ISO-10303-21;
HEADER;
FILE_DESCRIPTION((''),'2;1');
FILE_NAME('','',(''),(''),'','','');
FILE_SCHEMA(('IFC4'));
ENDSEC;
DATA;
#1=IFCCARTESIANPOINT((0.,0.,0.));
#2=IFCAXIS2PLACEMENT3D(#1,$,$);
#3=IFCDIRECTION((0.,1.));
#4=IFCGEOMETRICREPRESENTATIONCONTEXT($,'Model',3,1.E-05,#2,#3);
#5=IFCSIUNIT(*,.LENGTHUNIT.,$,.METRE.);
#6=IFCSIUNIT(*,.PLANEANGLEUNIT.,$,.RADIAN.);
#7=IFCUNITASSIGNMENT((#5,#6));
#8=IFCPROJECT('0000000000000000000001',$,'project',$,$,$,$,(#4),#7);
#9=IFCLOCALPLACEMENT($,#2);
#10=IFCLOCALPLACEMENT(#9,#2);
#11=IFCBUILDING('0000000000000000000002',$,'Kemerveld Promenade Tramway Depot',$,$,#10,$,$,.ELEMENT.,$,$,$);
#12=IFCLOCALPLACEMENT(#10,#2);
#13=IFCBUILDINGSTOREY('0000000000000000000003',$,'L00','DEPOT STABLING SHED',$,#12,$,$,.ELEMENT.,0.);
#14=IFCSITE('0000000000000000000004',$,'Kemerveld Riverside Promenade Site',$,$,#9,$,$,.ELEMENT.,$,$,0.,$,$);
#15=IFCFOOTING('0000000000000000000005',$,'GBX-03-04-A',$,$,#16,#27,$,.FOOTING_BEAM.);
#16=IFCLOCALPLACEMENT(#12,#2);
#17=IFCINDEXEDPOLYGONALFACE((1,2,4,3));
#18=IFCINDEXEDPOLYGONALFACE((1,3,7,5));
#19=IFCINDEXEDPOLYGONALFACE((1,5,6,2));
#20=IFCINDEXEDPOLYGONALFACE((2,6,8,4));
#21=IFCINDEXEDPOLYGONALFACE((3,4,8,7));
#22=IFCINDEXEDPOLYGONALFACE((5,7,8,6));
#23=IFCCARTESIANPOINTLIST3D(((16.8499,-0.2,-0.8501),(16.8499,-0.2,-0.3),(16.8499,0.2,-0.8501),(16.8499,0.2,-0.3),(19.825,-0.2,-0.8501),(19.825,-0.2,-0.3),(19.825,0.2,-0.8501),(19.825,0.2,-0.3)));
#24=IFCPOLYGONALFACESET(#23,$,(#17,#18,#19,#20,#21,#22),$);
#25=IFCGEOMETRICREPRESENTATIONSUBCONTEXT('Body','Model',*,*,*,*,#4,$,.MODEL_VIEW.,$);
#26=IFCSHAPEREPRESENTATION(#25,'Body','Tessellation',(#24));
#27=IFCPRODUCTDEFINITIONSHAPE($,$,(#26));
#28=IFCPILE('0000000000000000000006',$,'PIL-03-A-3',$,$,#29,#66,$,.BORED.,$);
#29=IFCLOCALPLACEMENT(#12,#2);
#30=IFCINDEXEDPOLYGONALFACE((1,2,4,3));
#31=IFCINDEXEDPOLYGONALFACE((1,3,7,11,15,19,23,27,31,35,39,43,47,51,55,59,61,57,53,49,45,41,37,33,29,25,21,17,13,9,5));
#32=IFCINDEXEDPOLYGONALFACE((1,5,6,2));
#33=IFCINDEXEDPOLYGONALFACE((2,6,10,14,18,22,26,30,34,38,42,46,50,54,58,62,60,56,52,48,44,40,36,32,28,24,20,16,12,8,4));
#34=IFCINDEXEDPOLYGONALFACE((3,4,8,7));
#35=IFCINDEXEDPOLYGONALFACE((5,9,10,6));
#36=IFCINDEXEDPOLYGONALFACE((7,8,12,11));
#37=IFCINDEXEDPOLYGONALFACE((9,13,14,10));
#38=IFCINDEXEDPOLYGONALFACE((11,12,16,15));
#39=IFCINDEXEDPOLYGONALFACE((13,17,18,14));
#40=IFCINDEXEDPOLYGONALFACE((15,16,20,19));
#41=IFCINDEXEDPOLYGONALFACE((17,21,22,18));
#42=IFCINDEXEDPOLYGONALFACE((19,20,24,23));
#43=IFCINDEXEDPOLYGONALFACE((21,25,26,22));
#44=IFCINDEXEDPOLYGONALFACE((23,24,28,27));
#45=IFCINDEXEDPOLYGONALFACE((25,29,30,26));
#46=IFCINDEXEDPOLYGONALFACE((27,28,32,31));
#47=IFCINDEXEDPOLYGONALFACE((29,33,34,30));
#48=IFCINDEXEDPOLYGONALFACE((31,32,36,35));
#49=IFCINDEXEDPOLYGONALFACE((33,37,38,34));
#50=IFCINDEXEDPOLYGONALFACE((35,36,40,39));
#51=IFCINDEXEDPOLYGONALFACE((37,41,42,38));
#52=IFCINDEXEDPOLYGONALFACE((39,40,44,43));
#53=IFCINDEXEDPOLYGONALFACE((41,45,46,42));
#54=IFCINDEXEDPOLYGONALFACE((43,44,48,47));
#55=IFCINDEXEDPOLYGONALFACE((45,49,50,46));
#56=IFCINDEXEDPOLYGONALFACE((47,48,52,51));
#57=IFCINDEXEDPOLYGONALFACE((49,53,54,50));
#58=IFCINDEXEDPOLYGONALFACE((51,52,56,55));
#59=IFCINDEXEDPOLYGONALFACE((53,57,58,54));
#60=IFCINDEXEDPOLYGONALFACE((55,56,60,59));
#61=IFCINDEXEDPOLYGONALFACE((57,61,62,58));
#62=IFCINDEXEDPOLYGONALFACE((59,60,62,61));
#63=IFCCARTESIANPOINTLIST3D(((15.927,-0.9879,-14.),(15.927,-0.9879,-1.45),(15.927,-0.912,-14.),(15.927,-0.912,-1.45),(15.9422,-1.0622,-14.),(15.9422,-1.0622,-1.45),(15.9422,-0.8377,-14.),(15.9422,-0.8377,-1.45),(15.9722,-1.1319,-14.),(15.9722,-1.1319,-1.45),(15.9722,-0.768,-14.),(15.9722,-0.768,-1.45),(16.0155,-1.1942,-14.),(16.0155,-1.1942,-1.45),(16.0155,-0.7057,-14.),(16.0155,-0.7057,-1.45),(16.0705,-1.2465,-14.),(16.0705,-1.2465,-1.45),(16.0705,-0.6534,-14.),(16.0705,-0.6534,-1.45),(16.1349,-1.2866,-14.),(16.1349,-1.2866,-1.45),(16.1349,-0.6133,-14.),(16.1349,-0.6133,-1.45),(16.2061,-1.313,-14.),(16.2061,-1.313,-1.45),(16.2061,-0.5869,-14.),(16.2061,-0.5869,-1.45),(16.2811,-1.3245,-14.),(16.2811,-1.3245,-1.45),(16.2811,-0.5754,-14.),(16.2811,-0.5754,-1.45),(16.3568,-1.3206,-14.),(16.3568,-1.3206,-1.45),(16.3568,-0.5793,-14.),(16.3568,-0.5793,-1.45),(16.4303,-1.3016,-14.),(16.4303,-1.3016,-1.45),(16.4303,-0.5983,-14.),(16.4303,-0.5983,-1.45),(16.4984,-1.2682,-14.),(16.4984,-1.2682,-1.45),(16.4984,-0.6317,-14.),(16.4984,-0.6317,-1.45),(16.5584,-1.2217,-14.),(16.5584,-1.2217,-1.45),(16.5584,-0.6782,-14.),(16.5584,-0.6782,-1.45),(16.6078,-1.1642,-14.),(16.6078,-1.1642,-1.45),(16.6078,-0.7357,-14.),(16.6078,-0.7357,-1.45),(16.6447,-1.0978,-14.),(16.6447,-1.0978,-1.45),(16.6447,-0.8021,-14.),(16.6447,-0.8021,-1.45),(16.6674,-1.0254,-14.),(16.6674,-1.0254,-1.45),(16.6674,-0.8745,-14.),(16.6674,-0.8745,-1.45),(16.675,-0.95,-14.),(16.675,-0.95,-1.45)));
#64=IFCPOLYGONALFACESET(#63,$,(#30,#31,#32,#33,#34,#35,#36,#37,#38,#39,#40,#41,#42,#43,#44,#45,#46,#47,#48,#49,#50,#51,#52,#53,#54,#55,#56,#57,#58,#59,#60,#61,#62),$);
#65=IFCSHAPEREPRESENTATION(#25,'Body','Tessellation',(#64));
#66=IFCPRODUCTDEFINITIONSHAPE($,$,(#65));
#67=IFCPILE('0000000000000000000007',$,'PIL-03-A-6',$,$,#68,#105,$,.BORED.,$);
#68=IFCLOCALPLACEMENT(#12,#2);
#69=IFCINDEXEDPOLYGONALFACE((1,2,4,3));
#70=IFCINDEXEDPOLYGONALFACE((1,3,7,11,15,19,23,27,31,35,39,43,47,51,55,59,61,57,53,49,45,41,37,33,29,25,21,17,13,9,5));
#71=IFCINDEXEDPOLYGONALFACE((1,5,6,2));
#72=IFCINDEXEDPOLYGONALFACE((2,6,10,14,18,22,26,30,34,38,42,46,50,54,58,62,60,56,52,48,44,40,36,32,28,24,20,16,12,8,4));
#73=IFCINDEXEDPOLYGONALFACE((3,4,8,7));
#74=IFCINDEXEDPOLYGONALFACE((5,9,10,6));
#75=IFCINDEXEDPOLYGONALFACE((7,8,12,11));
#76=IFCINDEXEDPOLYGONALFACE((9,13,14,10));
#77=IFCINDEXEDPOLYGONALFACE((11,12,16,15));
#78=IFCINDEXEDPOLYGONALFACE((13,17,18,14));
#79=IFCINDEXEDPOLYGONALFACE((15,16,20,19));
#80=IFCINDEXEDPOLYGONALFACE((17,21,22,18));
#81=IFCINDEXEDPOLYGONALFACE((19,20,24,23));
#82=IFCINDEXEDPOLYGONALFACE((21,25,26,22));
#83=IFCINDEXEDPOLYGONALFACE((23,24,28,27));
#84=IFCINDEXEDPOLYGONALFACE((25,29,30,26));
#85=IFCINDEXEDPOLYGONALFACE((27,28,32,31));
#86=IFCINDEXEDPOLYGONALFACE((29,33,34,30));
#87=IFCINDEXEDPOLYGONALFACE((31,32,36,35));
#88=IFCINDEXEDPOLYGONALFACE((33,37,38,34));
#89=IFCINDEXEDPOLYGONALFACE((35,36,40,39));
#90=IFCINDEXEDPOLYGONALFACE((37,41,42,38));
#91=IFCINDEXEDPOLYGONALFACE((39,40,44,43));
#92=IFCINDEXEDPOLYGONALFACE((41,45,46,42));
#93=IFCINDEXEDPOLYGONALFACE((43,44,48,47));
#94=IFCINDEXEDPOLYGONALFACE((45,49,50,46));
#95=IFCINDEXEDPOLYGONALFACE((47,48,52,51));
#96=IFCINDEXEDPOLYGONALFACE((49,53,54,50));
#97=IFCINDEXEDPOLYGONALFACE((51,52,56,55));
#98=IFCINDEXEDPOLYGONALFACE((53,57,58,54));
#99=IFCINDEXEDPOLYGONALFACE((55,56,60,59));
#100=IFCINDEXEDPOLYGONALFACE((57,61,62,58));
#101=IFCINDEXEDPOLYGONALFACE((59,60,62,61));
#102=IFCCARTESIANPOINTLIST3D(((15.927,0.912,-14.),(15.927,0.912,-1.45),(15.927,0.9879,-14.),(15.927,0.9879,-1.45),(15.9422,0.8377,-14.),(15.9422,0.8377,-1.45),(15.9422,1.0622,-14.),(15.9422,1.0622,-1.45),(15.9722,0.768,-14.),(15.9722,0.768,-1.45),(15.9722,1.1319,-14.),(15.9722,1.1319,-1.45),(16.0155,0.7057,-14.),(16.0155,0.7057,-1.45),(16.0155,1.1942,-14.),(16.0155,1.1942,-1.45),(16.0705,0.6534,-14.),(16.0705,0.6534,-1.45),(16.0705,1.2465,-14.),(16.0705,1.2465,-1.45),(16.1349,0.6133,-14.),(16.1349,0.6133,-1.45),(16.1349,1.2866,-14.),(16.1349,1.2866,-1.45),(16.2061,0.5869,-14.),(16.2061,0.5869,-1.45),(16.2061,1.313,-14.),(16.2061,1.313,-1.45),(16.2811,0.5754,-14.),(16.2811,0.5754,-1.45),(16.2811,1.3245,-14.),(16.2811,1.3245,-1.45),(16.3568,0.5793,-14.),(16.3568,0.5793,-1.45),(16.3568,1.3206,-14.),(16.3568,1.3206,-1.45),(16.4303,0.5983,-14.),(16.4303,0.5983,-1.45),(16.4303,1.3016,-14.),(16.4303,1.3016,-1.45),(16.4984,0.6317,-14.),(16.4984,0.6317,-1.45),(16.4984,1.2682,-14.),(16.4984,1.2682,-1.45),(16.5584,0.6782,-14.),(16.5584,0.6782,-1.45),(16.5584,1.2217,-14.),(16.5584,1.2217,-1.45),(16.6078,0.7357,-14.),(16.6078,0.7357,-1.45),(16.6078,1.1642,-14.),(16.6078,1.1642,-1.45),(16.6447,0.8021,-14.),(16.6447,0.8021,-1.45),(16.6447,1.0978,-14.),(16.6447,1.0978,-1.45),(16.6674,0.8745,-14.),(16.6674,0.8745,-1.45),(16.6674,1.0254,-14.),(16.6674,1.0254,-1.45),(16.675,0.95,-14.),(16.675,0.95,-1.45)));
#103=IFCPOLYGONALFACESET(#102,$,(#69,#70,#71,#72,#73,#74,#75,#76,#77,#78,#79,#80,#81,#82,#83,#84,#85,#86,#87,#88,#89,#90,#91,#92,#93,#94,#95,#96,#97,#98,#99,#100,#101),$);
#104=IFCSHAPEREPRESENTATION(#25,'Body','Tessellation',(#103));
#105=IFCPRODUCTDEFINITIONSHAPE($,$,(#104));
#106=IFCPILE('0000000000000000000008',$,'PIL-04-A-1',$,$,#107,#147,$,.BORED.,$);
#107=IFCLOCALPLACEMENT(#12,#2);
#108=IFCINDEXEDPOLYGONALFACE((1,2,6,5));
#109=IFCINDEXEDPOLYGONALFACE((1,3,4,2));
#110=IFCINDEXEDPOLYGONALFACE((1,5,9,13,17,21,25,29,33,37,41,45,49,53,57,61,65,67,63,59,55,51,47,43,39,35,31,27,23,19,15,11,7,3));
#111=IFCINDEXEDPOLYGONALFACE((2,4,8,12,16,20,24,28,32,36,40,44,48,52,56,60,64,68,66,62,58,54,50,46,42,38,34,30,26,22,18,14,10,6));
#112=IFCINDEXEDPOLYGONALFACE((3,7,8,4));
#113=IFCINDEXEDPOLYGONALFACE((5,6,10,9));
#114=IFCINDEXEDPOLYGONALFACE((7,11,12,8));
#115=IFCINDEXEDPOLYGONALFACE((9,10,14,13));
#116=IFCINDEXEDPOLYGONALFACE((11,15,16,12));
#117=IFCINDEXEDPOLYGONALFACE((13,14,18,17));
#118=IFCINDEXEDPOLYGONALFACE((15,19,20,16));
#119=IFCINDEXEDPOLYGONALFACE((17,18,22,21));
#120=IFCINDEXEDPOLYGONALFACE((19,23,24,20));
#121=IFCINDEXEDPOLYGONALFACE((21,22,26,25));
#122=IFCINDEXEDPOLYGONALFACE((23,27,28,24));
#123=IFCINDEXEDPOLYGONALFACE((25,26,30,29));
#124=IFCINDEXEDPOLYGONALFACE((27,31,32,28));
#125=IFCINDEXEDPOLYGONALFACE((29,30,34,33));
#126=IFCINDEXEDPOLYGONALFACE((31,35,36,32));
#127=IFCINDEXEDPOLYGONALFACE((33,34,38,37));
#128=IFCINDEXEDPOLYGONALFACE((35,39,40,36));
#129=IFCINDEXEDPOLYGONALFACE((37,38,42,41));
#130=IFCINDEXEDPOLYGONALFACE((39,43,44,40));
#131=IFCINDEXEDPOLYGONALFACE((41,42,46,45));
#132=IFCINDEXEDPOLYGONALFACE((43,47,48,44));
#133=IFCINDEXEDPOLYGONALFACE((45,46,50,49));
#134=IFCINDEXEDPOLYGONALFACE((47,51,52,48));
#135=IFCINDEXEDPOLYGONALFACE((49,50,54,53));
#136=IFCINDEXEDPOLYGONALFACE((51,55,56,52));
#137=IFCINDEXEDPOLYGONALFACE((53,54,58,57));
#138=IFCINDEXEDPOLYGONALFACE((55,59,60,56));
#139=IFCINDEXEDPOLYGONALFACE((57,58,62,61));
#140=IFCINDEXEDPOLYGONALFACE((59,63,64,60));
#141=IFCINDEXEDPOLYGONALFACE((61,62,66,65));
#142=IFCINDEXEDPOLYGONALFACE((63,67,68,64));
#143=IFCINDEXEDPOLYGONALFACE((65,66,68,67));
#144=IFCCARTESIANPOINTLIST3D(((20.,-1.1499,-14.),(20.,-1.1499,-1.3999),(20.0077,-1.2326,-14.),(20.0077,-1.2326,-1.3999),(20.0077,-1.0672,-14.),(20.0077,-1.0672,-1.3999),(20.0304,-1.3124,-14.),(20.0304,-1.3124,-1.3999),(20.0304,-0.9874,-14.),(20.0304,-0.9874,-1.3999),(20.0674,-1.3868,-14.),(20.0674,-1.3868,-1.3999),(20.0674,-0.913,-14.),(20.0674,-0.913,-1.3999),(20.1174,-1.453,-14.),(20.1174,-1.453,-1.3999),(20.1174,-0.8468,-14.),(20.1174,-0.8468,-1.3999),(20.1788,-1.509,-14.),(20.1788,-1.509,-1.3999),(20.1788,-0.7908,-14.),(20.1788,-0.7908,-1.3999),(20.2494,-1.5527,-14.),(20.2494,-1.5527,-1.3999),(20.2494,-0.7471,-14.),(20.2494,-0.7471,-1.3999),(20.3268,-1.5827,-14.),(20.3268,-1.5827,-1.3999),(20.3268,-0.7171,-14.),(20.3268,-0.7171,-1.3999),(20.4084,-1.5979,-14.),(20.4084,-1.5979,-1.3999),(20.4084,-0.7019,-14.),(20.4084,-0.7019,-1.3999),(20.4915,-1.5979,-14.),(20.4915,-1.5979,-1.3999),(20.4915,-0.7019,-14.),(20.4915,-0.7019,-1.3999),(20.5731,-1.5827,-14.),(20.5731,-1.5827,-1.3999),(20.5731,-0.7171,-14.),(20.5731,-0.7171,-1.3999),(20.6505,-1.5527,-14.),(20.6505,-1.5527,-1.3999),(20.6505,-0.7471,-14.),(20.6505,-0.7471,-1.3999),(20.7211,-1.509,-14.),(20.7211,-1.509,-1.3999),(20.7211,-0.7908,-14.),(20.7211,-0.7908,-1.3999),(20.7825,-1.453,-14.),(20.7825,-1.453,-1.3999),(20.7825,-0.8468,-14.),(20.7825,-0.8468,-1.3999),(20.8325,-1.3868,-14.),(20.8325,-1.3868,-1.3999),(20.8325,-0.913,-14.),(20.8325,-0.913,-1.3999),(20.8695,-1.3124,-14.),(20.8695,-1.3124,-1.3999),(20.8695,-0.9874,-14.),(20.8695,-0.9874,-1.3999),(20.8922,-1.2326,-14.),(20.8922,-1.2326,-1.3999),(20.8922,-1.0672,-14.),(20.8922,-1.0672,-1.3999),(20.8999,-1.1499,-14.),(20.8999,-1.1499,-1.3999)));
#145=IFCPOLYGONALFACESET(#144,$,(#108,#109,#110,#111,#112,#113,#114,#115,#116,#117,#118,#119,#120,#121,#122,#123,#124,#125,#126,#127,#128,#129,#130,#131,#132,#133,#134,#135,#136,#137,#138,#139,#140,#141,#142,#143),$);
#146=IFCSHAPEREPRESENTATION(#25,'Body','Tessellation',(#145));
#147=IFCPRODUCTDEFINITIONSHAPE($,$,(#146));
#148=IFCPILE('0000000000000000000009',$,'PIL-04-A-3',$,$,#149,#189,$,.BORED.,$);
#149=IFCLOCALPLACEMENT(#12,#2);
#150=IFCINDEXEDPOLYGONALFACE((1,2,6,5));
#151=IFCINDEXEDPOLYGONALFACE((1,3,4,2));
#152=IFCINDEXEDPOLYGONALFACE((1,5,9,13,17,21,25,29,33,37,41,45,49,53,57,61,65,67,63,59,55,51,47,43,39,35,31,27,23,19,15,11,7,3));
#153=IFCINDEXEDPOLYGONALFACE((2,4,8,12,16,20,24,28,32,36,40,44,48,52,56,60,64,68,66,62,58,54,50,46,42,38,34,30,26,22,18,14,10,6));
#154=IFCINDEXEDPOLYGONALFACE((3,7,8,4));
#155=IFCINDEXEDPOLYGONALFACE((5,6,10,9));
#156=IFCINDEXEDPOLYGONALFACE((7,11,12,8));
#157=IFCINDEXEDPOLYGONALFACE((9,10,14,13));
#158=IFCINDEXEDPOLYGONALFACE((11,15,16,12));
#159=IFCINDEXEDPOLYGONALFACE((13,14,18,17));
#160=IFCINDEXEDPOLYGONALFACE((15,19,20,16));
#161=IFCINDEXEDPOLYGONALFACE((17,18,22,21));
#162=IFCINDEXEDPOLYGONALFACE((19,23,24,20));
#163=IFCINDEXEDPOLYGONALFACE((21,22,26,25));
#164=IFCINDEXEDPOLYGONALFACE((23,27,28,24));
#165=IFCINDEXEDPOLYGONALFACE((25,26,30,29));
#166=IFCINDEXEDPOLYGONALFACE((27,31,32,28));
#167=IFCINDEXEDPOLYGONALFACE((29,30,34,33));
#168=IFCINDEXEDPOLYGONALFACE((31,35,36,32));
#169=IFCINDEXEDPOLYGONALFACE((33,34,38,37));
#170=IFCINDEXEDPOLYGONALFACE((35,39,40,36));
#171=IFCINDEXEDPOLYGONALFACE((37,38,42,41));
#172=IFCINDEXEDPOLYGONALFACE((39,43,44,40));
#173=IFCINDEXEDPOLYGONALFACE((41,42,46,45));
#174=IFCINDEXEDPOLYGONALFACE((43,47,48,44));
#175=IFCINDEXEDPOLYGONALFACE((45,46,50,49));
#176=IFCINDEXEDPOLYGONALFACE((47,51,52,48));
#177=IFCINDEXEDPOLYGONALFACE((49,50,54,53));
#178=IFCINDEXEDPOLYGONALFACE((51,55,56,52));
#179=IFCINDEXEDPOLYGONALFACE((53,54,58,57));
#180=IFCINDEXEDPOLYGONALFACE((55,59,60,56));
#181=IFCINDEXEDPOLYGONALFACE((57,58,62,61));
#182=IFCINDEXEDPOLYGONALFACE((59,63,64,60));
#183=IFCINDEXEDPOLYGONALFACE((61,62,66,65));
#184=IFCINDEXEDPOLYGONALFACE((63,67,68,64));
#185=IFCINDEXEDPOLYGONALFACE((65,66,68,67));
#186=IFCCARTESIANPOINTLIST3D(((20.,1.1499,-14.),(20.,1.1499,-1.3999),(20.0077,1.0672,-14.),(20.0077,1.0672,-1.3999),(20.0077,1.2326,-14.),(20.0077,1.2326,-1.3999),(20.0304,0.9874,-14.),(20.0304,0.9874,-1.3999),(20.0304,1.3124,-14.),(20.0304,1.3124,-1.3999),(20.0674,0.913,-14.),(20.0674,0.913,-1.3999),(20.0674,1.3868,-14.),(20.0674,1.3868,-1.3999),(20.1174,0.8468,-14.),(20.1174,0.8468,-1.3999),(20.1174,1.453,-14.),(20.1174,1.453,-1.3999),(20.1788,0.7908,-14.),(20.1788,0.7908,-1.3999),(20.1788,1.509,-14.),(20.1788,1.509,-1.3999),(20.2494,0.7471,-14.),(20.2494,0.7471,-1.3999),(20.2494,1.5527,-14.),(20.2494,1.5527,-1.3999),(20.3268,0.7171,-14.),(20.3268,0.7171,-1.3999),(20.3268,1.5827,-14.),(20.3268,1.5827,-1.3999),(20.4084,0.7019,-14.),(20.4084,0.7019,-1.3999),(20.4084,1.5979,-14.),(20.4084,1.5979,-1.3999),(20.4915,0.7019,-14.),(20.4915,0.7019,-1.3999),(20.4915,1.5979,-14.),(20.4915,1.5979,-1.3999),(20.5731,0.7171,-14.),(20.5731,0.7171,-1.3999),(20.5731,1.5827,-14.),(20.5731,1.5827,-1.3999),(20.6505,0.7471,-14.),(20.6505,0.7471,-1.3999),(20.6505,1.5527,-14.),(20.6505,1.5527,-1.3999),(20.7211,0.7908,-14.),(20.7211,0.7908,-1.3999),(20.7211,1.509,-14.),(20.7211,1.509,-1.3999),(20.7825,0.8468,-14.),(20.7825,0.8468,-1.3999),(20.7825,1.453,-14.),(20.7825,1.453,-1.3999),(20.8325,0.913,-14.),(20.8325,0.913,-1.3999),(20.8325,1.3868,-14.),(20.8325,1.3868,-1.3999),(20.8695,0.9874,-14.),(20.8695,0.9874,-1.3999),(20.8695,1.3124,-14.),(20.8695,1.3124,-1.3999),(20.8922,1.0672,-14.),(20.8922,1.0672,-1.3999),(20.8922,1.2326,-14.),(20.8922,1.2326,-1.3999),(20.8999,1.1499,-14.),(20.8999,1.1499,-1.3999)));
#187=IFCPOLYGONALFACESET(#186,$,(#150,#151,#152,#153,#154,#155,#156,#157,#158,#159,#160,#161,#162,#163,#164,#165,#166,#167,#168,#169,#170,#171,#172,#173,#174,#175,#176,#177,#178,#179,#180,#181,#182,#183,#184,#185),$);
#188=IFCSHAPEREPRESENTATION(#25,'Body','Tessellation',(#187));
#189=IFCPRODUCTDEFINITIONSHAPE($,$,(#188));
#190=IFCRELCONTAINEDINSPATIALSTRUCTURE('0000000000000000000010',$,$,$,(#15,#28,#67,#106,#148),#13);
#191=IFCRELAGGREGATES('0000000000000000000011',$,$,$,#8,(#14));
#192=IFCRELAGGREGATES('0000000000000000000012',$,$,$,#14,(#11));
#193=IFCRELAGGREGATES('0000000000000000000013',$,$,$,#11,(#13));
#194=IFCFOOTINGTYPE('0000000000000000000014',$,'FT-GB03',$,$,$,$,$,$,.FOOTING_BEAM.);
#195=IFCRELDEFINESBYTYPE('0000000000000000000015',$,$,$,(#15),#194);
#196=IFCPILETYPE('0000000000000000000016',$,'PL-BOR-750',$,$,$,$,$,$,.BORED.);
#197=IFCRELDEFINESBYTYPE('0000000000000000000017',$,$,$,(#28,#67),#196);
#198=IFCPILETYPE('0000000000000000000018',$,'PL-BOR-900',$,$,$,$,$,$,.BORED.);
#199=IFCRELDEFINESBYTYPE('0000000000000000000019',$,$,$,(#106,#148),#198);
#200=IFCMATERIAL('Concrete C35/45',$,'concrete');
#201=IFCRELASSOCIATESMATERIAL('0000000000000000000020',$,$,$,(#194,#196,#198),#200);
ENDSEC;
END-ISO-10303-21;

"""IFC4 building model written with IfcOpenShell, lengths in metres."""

from ifc_helpers import new_model, si_unit, direction, frame, origin, origin_2d, place, context, subcontext, project, spatial, rectangle, circle, extrude, material, material_profile, profile_set, type_object, element, save


model = new_model("IFC4")

# Units and contexts
model_context = context("Model", 3, precision=1e-05, world=origin(), true_north=direction((0.0, 1.0)))
body_context = subcontext(model_context, "Body", "Model", "MODEL_VIEW")
ifc_project = project(units=[si_unit("LENGTHUNIT", "METRE"), si_unit("PLANEANGLEUNIT", "RADIAN")], contexts=[model_context])

# Site, building, storey
site_placement = place(None, origin())
site = spatial("IfcSite", under=ifc_project, at=site_placement, Name="Kemerveld Riverside Promenade Site", CompositionType="ELEMENT", RefElevation=0.0)
building_placement = place(site_placement, origin())
building = spatial("IfcBuilding", under=site, at=building_placement, Name="Kemerveld Promenade Tramway Depot", CompositionType="ELEMENT")
storey_placement = place(building_placement, origin())
storey = spatial("IfcBuildingStorey", under=building, at=storey_placement, Name="L00", Description="DEPOT STABLING SHED", CompositionType="ELEMENT", Elevation=0.0)

# Footing
ifc_material_1 = material(Name="Concrete C35/45", Category="concrete")
footing_type = type_object("IfcFootingType", Name="FT-GB03", PredefinedType="FOOTING_BEAM", material=ifc_material_1)
footing_placement = place(storey_placement, frame((18.3374, 0.0, -0.8501), z_axis=(0.0, 0.0, 1.0), x_axis=(1.0, 0.0, 0.0)))
element("IfcFooting", 1, at=footing_placement, inside=storey, type_object=footing_type, Name="GBX-03-04-A", PredefinedType="FOOTING_BEAM", context=body_context, shape_type="SweptSolid", body=[
    extrude(rectangle(XDim=2.9751, YDim=0.3999, at=origin_2d()), origin(), (0.0, 0.0, 1.0), 0.55),
])

# Piles
ifc_material_profile_1 = material_profile(ifc_material_1, circle(Radius=0.375, at=origin_2d()), Name="PILE-D750")
ifc_profile_set_1 = profile_set([ifc_material_profile_1], Name="Concrete C35/45")
pile_type_1 = type_object("IfcPileType", Name="PL-BOR-750", PredefinedType="BORED", material=ifc_profile_set_1)
for number, where, z_axis, x_axis, name in (
    (2, (16.3, -0.95, -1.45), (0.0, 0.0, -1.0), (1.0, 0.0, 0.0), "PIL-03-A-3"),
    (3, (16.3, 0.95, -1.45), (0.0, 0.0, -1.0), (1.0, 0.0, 0.0), "PIL-03-A-6"),
):
    element("IfcPile", number, at=place(storey_placement, frame(where, z_axis=z_axis, x_axis=x_axis)), inside=storey, type_object=pile_type_1, Name=name, PredefinedType="BORED", context=body_context, shape_type="SweptSolid", body=[
        extrude(circle(Radius=0.375, at=origin_2d()), origin(), (0.0, 0.0, 1.0), 12.55),
    ])
ifc_material_profile_2 = material_profile(ifc_material_1, circle(Radius=0.45, at=origin_2d()), Name="PILE-D900")
ifc_profile_set_2 = profile_set([ifc_material_profile_2], Name="Concrete C35/45")
pile_type_2 = type_object("IfcPileType", Name="PL-BOR-900", PredefinedType="BORED", material=ifc_profile_set_2)
for number, where, z_axis, x_axis, name in (
    (4, (20.45, -1.1499, -1.3999), (0.0, 0.0, -1.0), (1.0, 0.0, 0.0), "PIL-04-A-1"),
    (5, (20.45, 1.1499, -1.3999), (0.0, 0.0, -1.0), (1.0, 0.0, 0.0), "PIL-04-A-3"),
):
    element("IfcPile", number, at=place(storey_placement, frame(where, z_axis=z_axis, x_axis=x_axis)), inside=storey, type_object=pile_type_2, Name=name, PredefinedType="BORED", context=body_context, shape_type="SweptSolid", body=[
        extrude(circle(Radius=0.45, at=origin_2d()), origin(), (0.0, 0.0, 1.0), 12.6001),
    ])

save(model, "model.ifc")
